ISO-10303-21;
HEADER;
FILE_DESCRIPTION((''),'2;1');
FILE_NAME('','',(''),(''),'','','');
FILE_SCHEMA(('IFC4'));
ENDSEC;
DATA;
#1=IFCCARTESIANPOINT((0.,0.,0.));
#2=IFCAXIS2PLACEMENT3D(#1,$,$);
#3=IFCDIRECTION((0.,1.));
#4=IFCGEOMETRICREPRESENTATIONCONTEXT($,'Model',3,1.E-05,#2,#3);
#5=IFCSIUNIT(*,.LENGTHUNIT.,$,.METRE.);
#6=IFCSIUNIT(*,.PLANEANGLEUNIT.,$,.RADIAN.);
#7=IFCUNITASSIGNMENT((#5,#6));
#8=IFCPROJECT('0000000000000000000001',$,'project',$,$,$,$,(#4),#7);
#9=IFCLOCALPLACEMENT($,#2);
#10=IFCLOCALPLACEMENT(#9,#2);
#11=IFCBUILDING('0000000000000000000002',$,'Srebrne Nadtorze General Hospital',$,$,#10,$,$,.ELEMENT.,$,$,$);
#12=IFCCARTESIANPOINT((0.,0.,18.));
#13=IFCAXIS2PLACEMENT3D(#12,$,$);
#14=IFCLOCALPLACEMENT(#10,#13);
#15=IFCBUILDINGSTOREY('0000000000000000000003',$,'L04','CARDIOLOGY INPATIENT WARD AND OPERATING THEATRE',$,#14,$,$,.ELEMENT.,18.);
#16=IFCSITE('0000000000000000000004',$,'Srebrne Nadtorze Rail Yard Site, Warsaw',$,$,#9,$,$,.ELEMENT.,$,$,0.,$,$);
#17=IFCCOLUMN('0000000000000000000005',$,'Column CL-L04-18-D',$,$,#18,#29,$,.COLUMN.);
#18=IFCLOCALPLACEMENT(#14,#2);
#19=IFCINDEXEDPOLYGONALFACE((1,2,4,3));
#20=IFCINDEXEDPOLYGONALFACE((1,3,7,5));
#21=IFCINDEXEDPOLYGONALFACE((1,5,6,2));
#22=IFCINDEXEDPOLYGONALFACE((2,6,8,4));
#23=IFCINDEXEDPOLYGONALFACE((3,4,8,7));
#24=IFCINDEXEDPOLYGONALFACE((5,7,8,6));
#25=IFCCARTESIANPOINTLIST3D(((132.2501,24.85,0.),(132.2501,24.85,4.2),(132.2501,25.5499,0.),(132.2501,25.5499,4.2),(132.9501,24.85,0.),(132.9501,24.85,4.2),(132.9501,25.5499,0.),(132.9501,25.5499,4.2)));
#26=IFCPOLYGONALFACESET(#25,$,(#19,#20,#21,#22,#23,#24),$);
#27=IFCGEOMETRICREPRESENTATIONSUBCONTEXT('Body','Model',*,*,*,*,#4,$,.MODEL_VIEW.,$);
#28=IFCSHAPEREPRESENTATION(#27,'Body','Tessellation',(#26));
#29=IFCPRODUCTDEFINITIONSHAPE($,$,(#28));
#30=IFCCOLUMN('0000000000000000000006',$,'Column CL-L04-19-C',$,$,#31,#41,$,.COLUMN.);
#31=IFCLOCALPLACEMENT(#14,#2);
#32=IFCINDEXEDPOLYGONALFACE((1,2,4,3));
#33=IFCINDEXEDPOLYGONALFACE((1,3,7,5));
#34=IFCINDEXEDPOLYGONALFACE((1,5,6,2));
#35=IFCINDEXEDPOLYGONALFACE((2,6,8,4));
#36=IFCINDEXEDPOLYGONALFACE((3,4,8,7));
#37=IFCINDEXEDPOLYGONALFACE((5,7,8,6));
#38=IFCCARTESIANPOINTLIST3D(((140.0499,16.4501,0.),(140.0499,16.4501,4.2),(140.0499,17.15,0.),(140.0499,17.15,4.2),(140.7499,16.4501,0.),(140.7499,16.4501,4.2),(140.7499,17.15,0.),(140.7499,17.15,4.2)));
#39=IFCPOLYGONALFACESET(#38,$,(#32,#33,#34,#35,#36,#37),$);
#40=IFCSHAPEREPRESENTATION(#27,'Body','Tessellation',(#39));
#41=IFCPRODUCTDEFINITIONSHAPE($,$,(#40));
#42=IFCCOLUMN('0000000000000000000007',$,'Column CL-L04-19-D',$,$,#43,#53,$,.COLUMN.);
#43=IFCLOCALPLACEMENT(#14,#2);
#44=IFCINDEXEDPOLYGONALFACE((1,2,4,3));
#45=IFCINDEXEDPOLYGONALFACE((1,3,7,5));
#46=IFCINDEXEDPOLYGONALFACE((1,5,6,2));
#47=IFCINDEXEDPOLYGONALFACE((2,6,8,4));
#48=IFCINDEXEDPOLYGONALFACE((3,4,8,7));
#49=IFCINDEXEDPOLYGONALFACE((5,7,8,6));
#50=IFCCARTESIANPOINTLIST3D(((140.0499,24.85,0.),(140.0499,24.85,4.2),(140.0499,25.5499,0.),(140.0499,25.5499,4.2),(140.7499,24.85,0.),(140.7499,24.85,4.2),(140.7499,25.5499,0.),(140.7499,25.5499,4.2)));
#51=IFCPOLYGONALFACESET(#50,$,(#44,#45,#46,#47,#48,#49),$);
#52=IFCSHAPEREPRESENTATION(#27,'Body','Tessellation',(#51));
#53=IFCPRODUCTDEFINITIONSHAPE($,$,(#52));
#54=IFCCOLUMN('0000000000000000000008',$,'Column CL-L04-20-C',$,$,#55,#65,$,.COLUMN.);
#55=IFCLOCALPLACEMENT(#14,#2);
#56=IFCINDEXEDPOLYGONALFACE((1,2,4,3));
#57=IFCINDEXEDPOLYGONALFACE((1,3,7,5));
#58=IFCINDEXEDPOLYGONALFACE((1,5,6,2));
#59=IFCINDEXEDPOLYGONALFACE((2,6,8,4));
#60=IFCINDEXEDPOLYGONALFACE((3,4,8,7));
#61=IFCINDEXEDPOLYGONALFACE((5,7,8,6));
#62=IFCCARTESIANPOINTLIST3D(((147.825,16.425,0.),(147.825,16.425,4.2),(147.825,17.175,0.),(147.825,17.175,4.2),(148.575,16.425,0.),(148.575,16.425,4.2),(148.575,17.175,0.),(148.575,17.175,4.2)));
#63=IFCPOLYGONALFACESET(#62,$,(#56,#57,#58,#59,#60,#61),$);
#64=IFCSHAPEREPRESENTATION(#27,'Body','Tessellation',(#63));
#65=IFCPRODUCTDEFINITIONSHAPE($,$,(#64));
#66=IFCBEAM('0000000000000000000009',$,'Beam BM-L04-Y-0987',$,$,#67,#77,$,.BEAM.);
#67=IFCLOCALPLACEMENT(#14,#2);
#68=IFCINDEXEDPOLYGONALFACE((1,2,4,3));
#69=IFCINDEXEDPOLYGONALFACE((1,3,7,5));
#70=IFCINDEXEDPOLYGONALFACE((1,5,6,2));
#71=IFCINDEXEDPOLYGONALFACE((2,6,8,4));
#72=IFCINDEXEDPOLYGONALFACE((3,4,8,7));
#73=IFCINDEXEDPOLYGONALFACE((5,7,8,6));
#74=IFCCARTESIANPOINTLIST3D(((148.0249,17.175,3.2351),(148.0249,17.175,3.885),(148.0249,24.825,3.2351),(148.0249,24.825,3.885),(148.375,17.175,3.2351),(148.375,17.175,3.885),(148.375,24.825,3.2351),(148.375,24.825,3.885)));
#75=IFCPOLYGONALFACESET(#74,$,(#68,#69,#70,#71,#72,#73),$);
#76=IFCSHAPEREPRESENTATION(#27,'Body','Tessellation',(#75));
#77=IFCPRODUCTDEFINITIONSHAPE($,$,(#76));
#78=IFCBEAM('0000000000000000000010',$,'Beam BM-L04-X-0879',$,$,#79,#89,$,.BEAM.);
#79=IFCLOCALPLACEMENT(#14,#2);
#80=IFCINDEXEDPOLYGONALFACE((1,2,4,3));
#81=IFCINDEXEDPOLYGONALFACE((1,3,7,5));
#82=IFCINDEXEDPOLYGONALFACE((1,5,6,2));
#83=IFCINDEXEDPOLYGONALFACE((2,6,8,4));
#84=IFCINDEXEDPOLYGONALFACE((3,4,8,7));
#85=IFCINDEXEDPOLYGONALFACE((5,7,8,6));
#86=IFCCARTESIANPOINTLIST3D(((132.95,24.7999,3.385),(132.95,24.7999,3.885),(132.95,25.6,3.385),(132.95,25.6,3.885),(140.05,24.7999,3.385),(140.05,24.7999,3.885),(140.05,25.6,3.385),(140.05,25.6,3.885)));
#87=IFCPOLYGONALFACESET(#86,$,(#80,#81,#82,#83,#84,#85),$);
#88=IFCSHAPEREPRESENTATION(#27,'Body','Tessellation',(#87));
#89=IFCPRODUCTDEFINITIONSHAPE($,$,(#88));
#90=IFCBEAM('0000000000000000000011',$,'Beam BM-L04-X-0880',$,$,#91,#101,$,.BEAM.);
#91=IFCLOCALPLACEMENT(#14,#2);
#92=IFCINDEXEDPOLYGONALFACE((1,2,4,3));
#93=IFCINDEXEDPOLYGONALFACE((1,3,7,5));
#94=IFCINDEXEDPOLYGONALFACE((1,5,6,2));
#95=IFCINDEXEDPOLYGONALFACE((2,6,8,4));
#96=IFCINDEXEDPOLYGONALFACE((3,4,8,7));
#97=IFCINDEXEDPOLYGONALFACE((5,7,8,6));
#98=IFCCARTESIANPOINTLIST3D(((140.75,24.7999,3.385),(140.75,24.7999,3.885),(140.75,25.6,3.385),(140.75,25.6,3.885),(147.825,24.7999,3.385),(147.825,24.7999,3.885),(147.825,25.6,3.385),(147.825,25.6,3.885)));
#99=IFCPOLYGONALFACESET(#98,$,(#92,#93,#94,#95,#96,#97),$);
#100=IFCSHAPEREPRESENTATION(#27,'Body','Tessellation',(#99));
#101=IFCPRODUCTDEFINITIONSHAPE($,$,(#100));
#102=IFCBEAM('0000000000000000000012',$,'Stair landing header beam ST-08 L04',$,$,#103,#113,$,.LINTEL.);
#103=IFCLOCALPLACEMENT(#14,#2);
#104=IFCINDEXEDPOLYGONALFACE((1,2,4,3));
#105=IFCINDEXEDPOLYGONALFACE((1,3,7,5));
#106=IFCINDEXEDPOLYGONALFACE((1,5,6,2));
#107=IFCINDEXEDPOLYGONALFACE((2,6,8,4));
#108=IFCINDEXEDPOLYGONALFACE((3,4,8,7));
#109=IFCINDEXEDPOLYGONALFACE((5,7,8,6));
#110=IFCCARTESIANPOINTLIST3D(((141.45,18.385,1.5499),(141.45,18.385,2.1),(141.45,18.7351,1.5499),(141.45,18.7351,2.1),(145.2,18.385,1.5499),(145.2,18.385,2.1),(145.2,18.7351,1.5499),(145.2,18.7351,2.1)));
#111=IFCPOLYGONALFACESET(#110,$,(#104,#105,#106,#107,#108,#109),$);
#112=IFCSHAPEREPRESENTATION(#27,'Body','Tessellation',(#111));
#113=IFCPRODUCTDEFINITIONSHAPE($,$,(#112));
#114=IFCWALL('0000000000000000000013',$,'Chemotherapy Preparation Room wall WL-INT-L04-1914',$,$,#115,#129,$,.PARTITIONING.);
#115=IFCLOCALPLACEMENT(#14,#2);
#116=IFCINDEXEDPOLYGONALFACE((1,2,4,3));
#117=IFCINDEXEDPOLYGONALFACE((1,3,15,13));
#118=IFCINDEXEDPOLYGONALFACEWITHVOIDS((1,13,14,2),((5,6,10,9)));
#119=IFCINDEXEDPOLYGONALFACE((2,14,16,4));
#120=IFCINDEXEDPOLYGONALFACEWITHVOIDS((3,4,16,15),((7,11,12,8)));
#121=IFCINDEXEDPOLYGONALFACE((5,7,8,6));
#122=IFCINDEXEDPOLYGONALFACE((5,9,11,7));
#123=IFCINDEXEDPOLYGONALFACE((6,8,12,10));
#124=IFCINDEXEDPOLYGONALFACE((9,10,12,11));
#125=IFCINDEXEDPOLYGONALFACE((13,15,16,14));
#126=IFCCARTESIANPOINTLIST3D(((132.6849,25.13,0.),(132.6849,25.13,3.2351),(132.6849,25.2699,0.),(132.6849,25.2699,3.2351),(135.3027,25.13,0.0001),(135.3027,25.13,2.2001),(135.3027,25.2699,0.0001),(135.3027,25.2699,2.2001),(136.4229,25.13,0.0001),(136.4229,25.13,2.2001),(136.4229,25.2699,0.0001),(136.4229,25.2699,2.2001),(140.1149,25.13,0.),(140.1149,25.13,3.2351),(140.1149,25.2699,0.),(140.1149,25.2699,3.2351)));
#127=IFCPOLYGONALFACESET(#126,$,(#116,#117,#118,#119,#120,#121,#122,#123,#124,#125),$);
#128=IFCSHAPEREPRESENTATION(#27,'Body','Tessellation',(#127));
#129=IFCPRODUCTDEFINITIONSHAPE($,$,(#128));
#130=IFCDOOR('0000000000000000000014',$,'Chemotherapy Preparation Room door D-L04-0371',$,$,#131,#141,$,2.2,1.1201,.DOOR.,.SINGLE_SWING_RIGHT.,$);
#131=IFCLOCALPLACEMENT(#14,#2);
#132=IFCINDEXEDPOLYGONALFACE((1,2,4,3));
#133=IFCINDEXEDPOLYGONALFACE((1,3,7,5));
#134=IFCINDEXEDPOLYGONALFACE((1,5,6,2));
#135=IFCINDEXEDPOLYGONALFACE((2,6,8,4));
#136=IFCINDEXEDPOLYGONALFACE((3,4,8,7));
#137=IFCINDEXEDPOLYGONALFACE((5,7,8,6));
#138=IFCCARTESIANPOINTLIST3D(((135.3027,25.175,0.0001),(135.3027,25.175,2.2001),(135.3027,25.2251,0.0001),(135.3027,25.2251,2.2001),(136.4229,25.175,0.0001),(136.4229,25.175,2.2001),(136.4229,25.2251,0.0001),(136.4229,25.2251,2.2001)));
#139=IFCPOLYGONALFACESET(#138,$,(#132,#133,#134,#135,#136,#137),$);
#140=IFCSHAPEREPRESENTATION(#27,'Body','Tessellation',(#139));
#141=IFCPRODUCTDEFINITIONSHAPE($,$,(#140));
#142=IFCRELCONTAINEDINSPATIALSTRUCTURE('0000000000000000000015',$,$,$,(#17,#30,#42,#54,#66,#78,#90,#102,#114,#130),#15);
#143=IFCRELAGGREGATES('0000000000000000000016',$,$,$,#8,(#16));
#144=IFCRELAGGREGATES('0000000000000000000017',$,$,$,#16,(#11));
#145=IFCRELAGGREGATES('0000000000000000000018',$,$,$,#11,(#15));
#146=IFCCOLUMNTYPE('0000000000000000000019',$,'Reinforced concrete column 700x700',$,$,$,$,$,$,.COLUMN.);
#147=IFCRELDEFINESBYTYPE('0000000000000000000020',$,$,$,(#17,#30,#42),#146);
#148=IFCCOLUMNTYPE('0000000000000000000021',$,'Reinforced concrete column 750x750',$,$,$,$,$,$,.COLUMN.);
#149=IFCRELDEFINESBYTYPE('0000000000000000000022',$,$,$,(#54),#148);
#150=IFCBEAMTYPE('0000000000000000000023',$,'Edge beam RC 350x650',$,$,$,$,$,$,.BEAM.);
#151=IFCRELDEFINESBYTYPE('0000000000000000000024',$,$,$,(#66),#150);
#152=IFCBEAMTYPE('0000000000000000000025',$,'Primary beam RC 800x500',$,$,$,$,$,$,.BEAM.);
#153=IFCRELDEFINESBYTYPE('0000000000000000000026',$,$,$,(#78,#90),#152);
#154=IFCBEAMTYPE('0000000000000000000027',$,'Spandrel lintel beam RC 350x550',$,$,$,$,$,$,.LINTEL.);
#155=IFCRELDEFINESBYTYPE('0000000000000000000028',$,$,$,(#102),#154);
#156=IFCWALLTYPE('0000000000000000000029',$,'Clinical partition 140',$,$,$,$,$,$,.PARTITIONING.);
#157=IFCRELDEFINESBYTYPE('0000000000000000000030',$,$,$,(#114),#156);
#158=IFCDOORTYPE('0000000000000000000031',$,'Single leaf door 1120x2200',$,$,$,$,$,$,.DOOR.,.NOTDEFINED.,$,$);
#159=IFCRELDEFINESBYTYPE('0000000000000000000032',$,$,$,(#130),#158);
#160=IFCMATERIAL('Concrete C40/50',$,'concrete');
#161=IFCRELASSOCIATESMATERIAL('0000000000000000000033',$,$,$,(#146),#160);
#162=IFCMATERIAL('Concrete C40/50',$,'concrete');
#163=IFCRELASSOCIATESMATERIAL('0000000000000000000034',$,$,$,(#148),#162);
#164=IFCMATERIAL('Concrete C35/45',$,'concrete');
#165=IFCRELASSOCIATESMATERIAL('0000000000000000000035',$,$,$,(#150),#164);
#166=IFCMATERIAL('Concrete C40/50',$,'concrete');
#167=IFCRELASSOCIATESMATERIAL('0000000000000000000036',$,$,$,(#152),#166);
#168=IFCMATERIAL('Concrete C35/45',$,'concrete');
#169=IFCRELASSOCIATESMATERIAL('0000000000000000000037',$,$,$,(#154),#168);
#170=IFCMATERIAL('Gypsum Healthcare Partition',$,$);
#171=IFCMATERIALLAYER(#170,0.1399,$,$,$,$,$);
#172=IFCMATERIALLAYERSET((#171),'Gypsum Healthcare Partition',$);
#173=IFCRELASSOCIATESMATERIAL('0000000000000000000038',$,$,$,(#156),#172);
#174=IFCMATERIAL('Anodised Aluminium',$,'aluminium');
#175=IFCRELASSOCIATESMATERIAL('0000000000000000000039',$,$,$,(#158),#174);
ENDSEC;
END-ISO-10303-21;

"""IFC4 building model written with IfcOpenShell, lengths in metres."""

from ifc_helpers import new_model, si_unit, direction, frame, frame_2d, origin, origin_2d, place, context, subcontext, project, spatial, rectangle, extrude, material, layer, layer_set, material_profile, profile_set, type_object, element, fill, save


model = new_model("IFC4")

# Units and contexts
model_context = context("Model", 3, precision=1e-05, world=origin(), true_north=direction((0.0, 1.0)))
body_context = subcontext(model_context, "Body", "Model", "MODEL_VIEW")
ifc_project = project(units=[si_unit("LENGTHUNIT", "METRE"), si_unit("PLANEANGLEUNIT", "RADIAN")], contexts=[model_context])

# Site, building, storey
site_placement = place(None, origin())
site = spatial("IfcSite", under=ifc_project, at=site_placement, Name="Srebrne Nadtorze Rail Yard Site, Warsaw", CompositionType="ELEMENT", RefElevation=0.0)
building_placement = place(site_placement, origin())
building = spatial("IfcBuilding", under=site, at=building_placement, Name="Srebrne Nadtorze General Hospital", CompositionType="ELEMENT")
storey_placement = place(building_placement, frame((0.0, 0.0, 18.0)))
storey = spatial("IfcBuildingStorey", under=building, at=storey_placement, Name="L04", Description="CARDIOLOGY INPATIENT WARD AND OPERATING THEATRE", CompositionType="ELEMENT", Elevation=18.0)

# Columns
ifc_material_1 = material(Name="Concrete C40/50", Category="concrete")
ifc_material_profile_1 = material_profile(ifc_material_1, rectangle(XDim=0.7, YDim=0.7, at=origin_2d()), Name="RC-COL-700x700")
ifc_profile_set_1 = profile_set([ifc_material_profile_1], Name="Concrete C40/50")
column_type_1 = type_object("IfcColumnType", Name="Reinforced concrete column 700x700", PredefinedType="COLUMN", material=ifc_profile_set_1)
for number, where, z_axis, x_axis, name in (
    (1, (132.6001, 25.2, 0.0), (0.0, 0.0, 1.0), (1.0, 0.0, 0.0), "Column CL-L04-18-D"),
    (2, (140.3999, 16.8, 0.0), (0.0, 0.0, 1.0), (1.0, 0.0, 0.0), "Column CL-L04-19-C"),
    (3, (140.3999, 25.2, 0.0), (0.0, 0.0, 1.0), (1.0, 0.0, 0.0), "Column CL-L04-19-D"),
):
    element("IfcColumn", number, at=place(storey_placement, frame(where, z_axis=z_axis, x_axis=x_axis)), inside=storey, type_object=column_type_1, Name=name, PredefinedType="COLUMN", context=body_context, shape_type="SweptSolid", body=[
        extrude(rectangle(XDim=0.7, YDim=0.7, at=origin_2d()), origin(), (0.0, 0.0, 1.0), 4.2),
    ])
ifc_material_2 = material(Name="Concrete C40/50", Category="concrete")
ifc_material_profile_2 = material_profile(ifc_material_2, rectangle(XDim=0.75, YDim=0.75, at=origin_2d()), Name="RC-COL-750x750")
ifc_profile_set_2 = profile_set([ifc_material_profile_2], Name="Concrete C40/50")
column_type_2 = type_object("IfcColumnType", Name="Reinforced concrete column 750x750", PredefinedType="COLUMN", material=ifc_profile_set_2)
column_placement = place(storey_placement, frame((148.2, 16.8, 0.0), z_axis=(0.0, 0.0, 1.0), x_axis=(1.0, 0.0, 0.0)))
element("IfcColumn", 4, at=column_placement, inside=storey, type_object=column_type_2, Name="Column CL-L04-20-C", PredefinedType="COLUMN", context=body_context, shape_type="SweptSolid", body=[
    extrude(rectangle(XDim=0.75, YDim=0.75, at=origin_2d()), origin(), (0.0, 0.0, 1.0), 4.2),
])

# Beams
ifc_material_3 = material(Name="Concrete C35/45", Category="concrete")
ifc_material_profile_3 = material_profile(ifc_material_3, rectangle(XDim=0.3501, YDim=0.6499, at=origin_2d()), Name="RC-BM-350x650")
ifc_profile_set_3 = profile_set([ifc_material_profile_3], Name="Concrete C35/45")
beam_type_1 = type_object("IfcBeamType", Name="Edge beam RC 350x650", PredefinedType="BEAM", material=ifc_profile_set_3)
beam_1_placement = place(storey_placement, frame((148.2, 17.175, 3.5601), z_axis=(0.0, 1.0, 0.0), x_axis=(-1.0, 0.0, 0.0)))
element("IfcBeam", 5, at=beam_1_placement, inside=storey, type_object=beam_type_1, Name="Beam BM-L04-Y-0987", PredefinedType="BEAM", context=body_context, shape_type="SweptSolid", body=[
    extrude(rectangle(XDim=0.3501, YDim=0.6499, at=origin_2d()), origin(), (0.0, 0.0, 1.0), 7.6499),
])
ifc_material_4 = material(Name="Concrete C40/50", Category="concrete")
ifc_material_profile_4 = material_profile(ifc_material_4, rectangle(XDim=0.8, YDim=0.5, at=origin_2d()), Name="RC-BM-800x500")
ifc_profile_set_4 = profile_set([ifc_material_profile_4], Name="Concrete C40/50")
beam_type_2 = type_object("IfcBeamType", Name="Primary beam RC 800x500", PredefinedType="BEAM", material=ifc_profile_set_4)
beam_2_placement = place(storey_placement, frame((132.95, 25.2, 3.635), z_axis=(1.0, 0.0, 0.0), x_axis=(0.0, 1.0, 0.0)))
element("IfcBeam", 6, at=beam_2_placement, inside=storey, type_object=beam_type_2, Name="Beam BM-L04-X-0879", PredefinedType="BEAM", context=body_context, shape_type="SweptSolid", body=[
    extrude(rectangle(XDim=0.8, YDim=0.5, at=origin_2d()), origin(), (0.0, 0.0, 1.0), 7.1001),
])
beam_3_placement = place(storey_placement, frame((140.75, 25.2, 3.635), z_axis=(1.0, 0.0, 0.0), x_axis=(0.0, 1.0, 0.0)))
element("IfcBeam", 7, at=beam_3_placement, inside=storey, type_object=beam_type_2, Name="Beam BM-L04-X-0880", PredefinedType="BEAM", context=body_context, shape_type="SweptSolid", body=[
    extrude(rectangle(XDim=0.8, YDim=0.5, at=origin_2d()), origin(), (0.0, 0.0, 1.0), 7.075),
])
ifc_material_5 = material(Name="Concrete C35/45", Category="concrete")
ifc_material_profile_5 = material_profile(ifc_material_5, rectangle(XDim=0.3501, YDim=0.55, at=origin_2d()), Name="RC-BM-350x550")
ifc_profile_set_5 = profile_set([ifc_material_profile_5], Name="Concrete C35/45")
beam_type_3 = type_object("IfcBeamType", Name="Spandrel lintel beam RC 350x550", PredefinedType="LINTEL", material=ifc_profile_set_5)
beam_4_placement = place(storey_placement, frame((141.45, 18.5601, 1.825), z_axis=(1.0, 0.0, 0.0), x_axis=(0.0, 1.0, 0.0)))
element("IfcBeam", 8, at=beam_4_placement, inside=storey, type_object=beam_type_3, Name="Stair landing header beam ST-08 L04", PredefinedType="LINTEL", context=body_context, shape_type="SweptSolid", body=[
    extrude(rectangle(XDim=0.3501, YDim=0.55, at=origin_2d()), origin(), (0.0, 0.0, 1.0), 3.75),
])

# Wall, opening, door
ifc_material_6 = material(Name="Gypsum Healthcare Partition")
ifc_layer_1 = layer(ifc_material_6, 0.1399)
ifc_layer_set_1 = layer_set([ifc_layer_1], Name="Gypsum Healthcare Partition")
wall_type_1 = type_object("IfcWallType", Name="Clinical partition 140", PredefinedType="PARTITIONING", material=ifc_layer_set_1)
wall_1_placement = place(storey_placement, frame((132.6851, 25.2, 0.0), z_axis=(0.0, 0.0, 1.0), x_axis=(1.0, 0.0, 0.0)))
wall_1 = element("IfcWall", 9, at=wall_1_placement, inside=storey, type_object=wall_type_1, Name="Chemotherapy Preparation Room wall WL-INT-L04-1914", PredefinedType="PARTITIONING", context=body_context, shape_type="SweptSolid", body=[
    extrude(rectangle(XDim=7.4299, YDim=0.1399, at=frame_2d((3.7148, 0.0))), origin(), (0.0, 0.0, 1.0), 3.2351),
])
opening_1_placement = place(wall_1_placement, frame((2.6177, 0.0, 0.0)))
opening_1 = element("IfcOpeningElement", 10, at=opening_1_placement, cuts=wall_1, PredefinedType="OPENING", context=body_context, shape_type="SweptSolid", body=[
    extrude(rectangle(XDim=1.1201, YDim=2.2, at=frame_2d((0.5601, 1.1001))), frame((0.0, 0.082, 0.0), z_axis=(0.0, -1.0, 0.0), x_axis=(1.0, 0.0, 0.0)), (0.0, 0.0, 1.0), 0.1638),
])
ifc_material_7 = material(Name="Anodised Aluminium", Category="aluminium")
door_type = type_object("IfcDoorType", Name="Single leaf door 1120x2200", OperationType="NOTDEFINED", PredefinedType="DOOR", material=ifc_material_7)
door_placement = place(opening_1_placement, frame((1.1201, 0.0, 0.0), z_axis=(0.0, 0.0, 1.0), x_axis=(-1.0, 0.0, 0.0)))
door = element("IfcDoor", 11, at=door_placement, inside=storey, type_object=door_type, Name="Chemotherapy Preparation Room door D-L04-0371", OperationType="SINGLE_SWING_RIGHT", OverallHeight=2.2, OverallWidth=1.1201, PredefinedType="DOOR", context=body_context, shape_type="SweptSolid", body=[
    extrude(rectangle(XDim=1.1201, YDim=2.2, at=frame_2d((0.5601, 1.1001))), frame((0.0, 0.0249, 0.0), z_axis=(0.0, -1.0, 0.0), x_axis=(1.0, 0.0, 0.0)), (0.0, 0.0, 1.0), 0.05),
])
fill(opening_1, door)

save(model, "model.ifc")
